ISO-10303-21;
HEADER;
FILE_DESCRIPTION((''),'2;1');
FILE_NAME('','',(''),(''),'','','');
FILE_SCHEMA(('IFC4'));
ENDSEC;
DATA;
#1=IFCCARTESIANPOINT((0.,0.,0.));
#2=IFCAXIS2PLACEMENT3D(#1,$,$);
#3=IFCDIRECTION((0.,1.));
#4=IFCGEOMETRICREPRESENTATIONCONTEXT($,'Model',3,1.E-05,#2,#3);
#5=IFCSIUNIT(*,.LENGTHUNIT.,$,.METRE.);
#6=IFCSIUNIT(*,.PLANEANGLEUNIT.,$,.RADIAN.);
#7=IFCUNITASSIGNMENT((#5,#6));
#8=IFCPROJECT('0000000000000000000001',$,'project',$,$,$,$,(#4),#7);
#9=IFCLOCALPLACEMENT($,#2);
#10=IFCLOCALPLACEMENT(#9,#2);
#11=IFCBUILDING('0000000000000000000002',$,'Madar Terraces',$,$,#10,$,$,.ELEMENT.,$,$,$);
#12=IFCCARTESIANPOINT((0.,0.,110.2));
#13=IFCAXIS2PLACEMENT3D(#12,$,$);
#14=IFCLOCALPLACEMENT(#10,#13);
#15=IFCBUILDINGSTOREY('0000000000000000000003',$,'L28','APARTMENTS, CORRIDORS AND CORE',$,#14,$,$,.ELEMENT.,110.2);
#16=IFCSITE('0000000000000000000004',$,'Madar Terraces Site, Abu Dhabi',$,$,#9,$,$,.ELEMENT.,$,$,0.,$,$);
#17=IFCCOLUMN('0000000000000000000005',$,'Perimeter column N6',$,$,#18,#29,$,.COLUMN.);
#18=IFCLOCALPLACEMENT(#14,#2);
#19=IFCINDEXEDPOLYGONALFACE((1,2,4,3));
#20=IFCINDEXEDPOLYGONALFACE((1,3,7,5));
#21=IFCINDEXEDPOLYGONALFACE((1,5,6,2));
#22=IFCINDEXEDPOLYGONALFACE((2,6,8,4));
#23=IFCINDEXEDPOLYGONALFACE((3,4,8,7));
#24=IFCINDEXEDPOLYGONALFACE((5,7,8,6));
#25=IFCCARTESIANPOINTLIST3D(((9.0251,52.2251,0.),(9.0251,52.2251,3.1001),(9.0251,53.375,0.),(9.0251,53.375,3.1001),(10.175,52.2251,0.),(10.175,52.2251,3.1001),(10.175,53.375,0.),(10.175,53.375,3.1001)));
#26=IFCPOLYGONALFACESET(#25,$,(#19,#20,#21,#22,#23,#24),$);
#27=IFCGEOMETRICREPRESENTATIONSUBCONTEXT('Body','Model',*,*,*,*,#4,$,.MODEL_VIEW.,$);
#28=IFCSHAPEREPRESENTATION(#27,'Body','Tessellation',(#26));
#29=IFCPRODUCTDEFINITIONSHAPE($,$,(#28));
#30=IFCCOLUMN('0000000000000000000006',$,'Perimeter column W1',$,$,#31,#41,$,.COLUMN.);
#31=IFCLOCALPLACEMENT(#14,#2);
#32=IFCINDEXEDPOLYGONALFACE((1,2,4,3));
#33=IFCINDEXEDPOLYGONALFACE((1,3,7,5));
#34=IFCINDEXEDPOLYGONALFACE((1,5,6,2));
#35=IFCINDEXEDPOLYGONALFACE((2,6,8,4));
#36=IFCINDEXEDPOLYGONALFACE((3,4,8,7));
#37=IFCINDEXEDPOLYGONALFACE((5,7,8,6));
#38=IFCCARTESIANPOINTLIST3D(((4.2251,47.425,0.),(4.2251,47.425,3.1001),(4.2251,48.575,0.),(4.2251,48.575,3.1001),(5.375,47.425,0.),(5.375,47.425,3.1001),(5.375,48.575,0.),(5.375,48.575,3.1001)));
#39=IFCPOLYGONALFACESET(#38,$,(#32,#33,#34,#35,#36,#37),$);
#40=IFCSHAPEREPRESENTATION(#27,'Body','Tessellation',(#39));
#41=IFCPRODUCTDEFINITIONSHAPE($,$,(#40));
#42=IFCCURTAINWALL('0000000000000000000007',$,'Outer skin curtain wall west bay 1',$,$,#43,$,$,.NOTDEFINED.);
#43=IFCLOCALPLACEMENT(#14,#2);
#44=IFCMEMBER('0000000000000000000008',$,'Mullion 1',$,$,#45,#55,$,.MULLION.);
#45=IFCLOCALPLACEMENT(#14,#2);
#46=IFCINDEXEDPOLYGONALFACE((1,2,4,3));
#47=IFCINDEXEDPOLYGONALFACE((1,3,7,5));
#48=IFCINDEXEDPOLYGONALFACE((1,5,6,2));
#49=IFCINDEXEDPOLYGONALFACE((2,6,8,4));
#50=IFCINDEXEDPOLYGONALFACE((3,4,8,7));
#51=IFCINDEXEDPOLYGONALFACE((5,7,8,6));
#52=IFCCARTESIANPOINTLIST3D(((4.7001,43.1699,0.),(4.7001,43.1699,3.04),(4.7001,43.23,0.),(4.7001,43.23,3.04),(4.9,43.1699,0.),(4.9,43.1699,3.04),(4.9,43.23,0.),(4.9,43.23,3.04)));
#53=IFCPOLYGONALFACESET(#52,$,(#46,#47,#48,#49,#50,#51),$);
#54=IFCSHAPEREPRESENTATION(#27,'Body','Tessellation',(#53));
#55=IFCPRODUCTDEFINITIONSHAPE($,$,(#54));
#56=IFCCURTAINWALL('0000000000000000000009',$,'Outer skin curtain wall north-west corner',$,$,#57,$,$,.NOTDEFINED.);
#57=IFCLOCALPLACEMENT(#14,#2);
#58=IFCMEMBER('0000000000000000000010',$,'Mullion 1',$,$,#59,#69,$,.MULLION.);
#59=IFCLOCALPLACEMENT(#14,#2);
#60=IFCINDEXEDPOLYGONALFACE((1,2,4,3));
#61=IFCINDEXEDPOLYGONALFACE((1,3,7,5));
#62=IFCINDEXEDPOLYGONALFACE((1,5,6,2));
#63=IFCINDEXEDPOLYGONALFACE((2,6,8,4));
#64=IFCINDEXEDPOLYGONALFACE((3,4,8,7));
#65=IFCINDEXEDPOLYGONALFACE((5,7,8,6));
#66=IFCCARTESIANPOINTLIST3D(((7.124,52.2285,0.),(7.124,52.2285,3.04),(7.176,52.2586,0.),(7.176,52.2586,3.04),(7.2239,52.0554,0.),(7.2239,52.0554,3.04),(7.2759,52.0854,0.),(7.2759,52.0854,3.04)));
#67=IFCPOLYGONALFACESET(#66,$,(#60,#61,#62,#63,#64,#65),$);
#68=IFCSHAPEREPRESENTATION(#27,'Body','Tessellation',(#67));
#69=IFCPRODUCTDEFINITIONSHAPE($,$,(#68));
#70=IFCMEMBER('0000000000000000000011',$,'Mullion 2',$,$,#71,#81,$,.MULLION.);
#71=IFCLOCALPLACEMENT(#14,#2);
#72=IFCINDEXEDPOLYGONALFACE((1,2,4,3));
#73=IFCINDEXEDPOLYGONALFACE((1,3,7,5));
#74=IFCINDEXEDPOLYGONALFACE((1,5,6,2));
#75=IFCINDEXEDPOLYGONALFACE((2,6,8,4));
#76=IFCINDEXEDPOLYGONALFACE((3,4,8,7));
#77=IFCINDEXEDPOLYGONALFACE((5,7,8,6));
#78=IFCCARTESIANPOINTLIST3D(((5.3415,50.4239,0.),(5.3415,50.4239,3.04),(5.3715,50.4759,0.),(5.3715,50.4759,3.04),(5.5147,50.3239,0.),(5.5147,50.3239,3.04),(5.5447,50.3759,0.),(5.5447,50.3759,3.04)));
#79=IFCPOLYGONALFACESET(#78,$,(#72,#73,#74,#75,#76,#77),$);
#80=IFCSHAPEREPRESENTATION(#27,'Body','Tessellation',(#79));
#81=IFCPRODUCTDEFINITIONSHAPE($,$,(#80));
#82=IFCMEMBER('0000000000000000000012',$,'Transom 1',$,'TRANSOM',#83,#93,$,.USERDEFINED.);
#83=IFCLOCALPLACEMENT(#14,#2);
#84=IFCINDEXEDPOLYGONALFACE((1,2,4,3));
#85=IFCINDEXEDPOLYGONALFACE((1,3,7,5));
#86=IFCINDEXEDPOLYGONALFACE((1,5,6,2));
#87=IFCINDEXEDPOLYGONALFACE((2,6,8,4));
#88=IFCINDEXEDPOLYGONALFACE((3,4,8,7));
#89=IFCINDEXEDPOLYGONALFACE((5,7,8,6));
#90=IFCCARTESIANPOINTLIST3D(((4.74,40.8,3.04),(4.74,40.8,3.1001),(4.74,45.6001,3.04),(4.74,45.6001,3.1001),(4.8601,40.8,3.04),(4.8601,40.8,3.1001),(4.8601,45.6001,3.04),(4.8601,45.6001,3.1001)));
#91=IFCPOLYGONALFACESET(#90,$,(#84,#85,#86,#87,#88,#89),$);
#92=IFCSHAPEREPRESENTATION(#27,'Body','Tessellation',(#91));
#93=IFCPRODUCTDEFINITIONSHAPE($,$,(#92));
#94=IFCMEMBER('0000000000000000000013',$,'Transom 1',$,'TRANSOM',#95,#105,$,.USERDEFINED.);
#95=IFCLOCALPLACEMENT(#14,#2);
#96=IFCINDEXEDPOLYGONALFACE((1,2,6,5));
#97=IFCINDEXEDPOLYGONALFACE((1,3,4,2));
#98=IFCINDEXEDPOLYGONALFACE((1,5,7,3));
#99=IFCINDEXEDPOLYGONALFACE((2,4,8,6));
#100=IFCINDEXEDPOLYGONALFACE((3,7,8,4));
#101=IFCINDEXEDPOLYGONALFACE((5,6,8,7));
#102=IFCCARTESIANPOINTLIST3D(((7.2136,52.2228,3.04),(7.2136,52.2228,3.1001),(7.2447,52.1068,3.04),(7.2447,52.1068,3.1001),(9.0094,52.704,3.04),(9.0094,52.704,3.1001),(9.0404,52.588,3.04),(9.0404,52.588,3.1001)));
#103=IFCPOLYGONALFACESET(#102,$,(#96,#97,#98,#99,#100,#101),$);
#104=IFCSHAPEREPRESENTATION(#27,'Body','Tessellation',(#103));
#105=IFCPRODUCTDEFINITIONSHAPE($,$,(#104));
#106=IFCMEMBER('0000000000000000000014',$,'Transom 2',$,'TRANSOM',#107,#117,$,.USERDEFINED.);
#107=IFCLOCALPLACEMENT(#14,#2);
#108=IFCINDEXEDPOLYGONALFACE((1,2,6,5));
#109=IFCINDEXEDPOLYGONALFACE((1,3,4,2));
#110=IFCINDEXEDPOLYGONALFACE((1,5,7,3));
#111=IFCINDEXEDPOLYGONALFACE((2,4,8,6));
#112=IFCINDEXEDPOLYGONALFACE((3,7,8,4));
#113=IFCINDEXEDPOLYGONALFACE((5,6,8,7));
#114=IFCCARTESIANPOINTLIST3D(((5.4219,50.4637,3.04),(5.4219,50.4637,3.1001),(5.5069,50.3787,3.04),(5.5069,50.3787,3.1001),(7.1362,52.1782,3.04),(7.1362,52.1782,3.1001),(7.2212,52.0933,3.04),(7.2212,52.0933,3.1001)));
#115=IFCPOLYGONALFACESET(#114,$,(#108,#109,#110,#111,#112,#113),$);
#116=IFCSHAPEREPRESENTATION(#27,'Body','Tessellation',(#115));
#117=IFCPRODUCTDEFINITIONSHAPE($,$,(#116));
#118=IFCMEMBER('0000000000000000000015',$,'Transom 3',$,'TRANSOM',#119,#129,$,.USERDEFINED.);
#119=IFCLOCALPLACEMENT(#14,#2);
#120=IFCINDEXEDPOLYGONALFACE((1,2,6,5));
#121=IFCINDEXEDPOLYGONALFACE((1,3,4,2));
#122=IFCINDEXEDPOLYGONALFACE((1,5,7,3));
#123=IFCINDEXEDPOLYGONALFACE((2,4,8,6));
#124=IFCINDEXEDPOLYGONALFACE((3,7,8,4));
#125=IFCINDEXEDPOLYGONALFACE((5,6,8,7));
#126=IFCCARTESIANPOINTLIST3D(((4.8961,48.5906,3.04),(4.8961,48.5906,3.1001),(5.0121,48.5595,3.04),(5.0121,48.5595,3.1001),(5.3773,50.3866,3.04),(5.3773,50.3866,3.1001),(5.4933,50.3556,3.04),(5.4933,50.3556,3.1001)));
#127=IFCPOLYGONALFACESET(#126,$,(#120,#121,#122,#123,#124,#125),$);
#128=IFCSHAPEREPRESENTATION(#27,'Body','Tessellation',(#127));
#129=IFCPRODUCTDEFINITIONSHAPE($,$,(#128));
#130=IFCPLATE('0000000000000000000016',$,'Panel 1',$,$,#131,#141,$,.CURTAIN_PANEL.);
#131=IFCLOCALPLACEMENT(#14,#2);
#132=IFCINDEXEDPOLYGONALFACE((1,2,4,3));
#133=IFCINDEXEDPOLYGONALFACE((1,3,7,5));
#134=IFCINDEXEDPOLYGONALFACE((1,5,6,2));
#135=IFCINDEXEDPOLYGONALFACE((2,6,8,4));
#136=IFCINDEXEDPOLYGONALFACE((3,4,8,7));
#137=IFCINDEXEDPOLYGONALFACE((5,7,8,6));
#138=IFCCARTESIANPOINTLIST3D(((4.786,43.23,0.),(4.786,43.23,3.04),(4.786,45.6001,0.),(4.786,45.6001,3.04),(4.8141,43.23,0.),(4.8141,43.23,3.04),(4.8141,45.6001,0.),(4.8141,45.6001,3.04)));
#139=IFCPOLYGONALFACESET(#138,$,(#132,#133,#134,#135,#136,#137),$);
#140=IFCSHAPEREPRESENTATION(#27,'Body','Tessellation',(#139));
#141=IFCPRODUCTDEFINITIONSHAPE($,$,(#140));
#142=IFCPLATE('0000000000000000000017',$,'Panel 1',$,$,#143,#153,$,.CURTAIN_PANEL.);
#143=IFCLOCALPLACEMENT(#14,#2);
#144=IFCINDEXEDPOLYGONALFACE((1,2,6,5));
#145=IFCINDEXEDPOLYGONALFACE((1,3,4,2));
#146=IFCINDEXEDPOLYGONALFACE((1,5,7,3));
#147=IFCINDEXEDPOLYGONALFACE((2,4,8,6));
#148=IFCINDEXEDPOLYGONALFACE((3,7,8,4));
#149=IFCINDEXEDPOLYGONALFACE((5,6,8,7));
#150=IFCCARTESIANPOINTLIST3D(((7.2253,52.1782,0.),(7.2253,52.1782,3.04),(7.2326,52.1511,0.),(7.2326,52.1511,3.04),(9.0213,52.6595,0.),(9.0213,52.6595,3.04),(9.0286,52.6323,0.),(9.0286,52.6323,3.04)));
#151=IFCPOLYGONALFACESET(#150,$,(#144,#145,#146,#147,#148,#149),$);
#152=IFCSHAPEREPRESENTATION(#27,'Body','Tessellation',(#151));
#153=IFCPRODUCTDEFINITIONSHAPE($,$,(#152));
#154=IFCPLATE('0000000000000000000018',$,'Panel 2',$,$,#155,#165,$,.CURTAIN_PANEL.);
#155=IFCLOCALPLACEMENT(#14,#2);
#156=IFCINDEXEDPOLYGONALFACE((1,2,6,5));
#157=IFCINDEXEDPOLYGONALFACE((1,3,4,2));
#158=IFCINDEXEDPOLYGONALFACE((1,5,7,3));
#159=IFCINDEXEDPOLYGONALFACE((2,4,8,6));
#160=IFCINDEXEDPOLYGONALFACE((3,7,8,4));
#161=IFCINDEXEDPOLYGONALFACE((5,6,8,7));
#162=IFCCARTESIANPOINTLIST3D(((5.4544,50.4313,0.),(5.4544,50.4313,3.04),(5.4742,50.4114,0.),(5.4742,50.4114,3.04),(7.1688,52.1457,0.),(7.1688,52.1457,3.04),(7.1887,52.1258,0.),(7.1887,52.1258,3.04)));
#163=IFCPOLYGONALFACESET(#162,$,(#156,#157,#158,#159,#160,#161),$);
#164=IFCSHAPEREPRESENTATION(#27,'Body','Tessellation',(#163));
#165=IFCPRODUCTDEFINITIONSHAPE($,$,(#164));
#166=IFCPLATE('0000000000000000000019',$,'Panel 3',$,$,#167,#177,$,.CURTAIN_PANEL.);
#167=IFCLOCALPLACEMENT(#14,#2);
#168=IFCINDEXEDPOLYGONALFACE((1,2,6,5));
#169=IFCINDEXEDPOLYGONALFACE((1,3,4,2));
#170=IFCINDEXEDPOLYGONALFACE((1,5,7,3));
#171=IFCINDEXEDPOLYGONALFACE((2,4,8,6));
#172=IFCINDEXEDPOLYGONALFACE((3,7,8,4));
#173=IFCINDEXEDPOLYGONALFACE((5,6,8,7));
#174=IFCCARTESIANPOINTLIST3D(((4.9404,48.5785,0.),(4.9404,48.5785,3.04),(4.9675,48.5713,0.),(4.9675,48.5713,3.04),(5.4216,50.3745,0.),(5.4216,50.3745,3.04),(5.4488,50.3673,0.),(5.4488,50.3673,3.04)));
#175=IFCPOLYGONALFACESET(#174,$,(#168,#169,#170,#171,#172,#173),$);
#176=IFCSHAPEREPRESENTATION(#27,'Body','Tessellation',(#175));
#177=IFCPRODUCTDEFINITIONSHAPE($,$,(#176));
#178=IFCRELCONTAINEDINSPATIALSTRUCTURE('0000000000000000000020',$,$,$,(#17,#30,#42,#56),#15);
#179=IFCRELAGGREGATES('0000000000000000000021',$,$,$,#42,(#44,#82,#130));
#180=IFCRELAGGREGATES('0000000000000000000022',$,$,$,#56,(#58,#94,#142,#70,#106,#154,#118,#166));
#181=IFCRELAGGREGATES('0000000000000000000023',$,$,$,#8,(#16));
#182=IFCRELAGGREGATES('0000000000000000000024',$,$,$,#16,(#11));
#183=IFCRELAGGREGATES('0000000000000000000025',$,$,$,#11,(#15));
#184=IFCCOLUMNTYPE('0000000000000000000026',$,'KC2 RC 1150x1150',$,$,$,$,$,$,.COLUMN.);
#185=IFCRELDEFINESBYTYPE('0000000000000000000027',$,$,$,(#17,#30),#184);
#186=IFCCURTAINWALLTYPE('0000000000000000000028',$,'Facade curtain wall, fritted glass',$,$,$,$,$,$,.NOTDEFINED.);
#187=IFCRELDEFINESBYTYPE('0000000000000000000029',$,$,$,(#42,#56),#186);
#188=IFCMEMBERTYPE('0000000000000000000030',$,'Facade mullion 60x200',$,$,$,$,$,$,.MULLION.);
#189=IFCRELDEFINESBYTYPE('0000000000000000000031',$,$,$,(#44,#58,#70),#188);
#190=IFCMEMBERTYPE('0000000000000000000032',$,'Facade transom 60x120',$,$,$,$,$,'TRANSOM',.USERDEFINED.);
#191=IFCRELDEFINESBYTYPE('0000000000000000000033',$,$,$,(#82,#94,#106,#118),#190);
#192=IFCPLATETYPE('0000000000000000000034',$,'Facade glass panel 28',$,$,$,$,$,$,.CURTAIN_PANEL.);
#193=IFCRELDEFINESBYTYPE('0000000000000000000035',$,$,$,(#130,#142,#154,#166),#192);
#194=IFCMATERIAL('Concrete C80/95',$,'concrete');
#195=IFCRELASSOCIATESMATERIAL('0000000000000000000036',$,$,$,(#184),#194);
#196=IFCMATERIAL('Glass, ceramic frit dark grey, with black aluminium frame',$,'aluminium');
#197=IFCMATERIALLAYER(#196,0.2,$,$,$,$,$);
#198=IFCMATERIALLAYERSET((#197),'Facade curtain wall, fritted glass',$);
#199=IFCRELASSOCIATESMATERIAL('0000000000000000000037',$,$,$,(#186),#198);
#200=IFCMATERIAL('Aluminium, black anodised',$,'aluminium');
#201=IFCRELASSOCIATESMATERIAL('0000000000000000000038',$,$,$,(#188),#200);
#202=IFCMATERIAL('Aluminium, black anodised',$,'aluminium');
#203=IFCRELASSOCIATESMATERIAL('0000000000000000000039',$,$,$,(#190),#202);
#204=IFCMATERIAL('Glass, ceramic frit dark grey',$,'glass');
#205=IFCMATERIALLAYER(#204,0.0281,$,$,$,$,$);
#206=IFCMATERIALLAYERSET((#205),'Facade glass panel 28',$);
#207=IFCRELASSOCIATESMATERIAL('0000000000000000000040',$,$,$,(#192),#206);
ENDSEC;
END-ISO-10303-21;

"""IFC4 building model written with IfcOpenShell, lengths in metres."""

from ifc_helpers import new_model, si_unit, direction, frame, origin, origin_2d, place, context, subcontext, project, spatial, rectangle, extrude, material, layer, layer_set, material_profile, profile_set, type_object, element, aggregate, save


model = new_model("IFC4")

# Units and contexts
model_context = context("Model", 3, precision=1e-05, world=origin(), true_north=direction((0.0, 1.0)))
body_context = subcontext(model_context, "Body", "Model", "MODEL_VIEW")
ifc_project = project(units=[si_unit("LENGTHUNIT", "METRE"), si_unit("PLANEANGLEUNIT", "RADIAN")], contexts=[model_context])

# Site, building, storey
site_placement = place(None, origin())
site = spatial("IfcSite", under=ifc_project, at=site_placement, Name="Madar Terraces Site, Abu Dhabi", CompositionType="ELEMENT", RefElevation=0.0)
building_placement = place(site_placement, origin())
building = spatial("IfcBuilding", under=site, at=building_placement, Name="Madar Terraces", CompositionType="ELEMENT")
storey_placement = place(building_placement, frame((0.0, 0.0, 110.2)))
storey = spatial("IfcBuildingStorey", under=building, at=storey_placement, Name="L28", Description="APARTMENTS, CORRIDORS AND CORE", CompositionType="ELEMENT", Elevation=110.2)

# Columns
ifc_material_1 = material(Name="Concrete C80/95", Category="concrete")
ifc_material_profile_1 = material_profile(ifc_material_1, rectangle(XDim=1.1499, YDim=1.1499, at=origin_2d()), Name="KC2 RC 1150x1150")
ifc_profile_set_1 = profile_set([ifc_material_profile_1], Name="Concrete C80/95")
column_type = type_object("IfcColumnType", Name="KC2 RC 1150x1150", PredefinedType="COLUMN", material=ifc_profile_set_1)
for number, where, z_axis, x_axis, name in (
    (1, (9.6001, 52.8, 0.0), (0.0, 0.0, 1.0), (1.0, 0.0, 0.0), "Perimeter column N6"),
    (2, (4.8, 48.0, 0.0), (0.0, 0.0, 1.0), (1.0, 0.0, 0.0), "Perimeter column W1"),
):
    element("IfcColumn", number, at=place(storey_placement, frame(where, z_axis=z_axis, x_axis=x_axis)), inside=storey, type_object=column_type, Name=name, PredefinedType="COLUMN", context=body_context, shape_type="SweptSolid", body=[
        extrude(rectangle(XDim=1.1499, YDim=1.1499, at=origin_2d()), origin(), (0.0, 0.0, 1.0), 3.1001),
    ])

# Curtain wall, member
ifc_material_2 = material(Name="Glass, ceramic frit dark grey, with black aluminium frame", Category="aluminium")
ifc_layer_1 = layer(ifc_material_2, 0.2)
ifc_layer_set_1 = layer_set([ifc_layer_1], Name="Facade curtain wall, fritted glass")
curtain_wall_type = type_object("IfcCurtainWallType", Name="Facade curtain wall, fritted glass", PredefinedType="NOTDEFINED", material=ifc_layer_set_1)
curtain_wall_1_placement = place(storey_placement, origin())
curtain_wall_1 = element("IfcCurtainWall", 3, at=curtain_wall_1_placement, inside=storey, type_object=curtain_wall_type, Name="Outer skin curtain wall west bay 1", PredefinedType="NOTDEFINED")
ifc_material_3 = material(Name="Aluminium, black anodised", Category="aluminium")
ifc_material_profile_2 = material_profile(ifc_material_3, rectangle(XDim=0.2, YDim=0.0601, at=origin_2d()), Name="Facade mullion 60x200")
ifc_profile_set_2 = profile_set([ifc_material_profile_2], Name="Aluminium, black anodised")
member_type_1 = type_object("IfcMemberType", Name="Facade mullion 60x200", PredefinedType="MULLION", material=ifc_profile_set_2)
member_1_placement = place(storey_placement, frame((4.8, 43.2, 0.0), z_axis=(0.0, 0.0, 1.0), x_axis=(1.0, 0.0, 0.0)))
member_1 = element("IfcMember", 4, at=member_1_placement, type_object=member_type_1, Name="Mullion 1", PredefinedType="MULLION", context=body_context, shape_type="SweptSolid", body=[
    extrude(rectangle(XDim=0.2, YDim=0.0601, at=origin_2d()), origin(), (0.0, 0.0, 1.0), 3.04),
])

# Curtain wall, members
curtain_wall_2_placement = place(storey_placement, origin())
curtain_wall_2 = element("IfcCurtainWall", 5, at=curtain_wall_2_placement, inside=storey, type_object=curtain_wall_type, Name="Outer skin curtain wall north-west corner", PredefinedType="NOTDEFINED")
member_2_placement = place(storey_placement, frame((7.2, 52.157, 0.0), z_axis=(0.0, 0.0, 1.0), x_axis=(0.5, -0.866025, 0.0)))
member_2 = element("IfcMember", 6, at=member_2_placement, type_object=member_type_1, Name="Mullion 1", PredefinedType="MULLION", context=body_context, shape_type="SweptSolid", body=[
    extrude(rectangle(XDim=0.2, YDim=0.0601, at=origin_2d()), origin(), (0.0, 0.0, 1.0), 3.04),
])
member_3_placement = place(storey_placement, frame((5.4431, 50.3999, 0.0), z_axis=(0.0, 0.0, 1.0), x_axis=(0.866025, -0.5, 0.0)))
member_3 = element("IfcMember", 7, at=member_3_placement, type_object=member_type_1, Name="Mullion 2", PredefinedType="MULLION", context=body_context, shape_type="SweptSolid", body=[
    extrude(rectangle(XDim=0.2, YDim=0.0601, at=origin_2d()), origin(), (0.0, 0.0, 1.0), 3.04),
])

# Members
ifc_material_4 = material(Name="Aluminium, black anodised", Category="aluminium")
ifc_material_profile_3 = material_profile(ifc_material_4, rectangle(XDim=0.1201, YDim=0.0601, at=origin_2d()), Name="Facade transom 60x120")
ifc_profile_set_3 = profile_set([ifc_material_profile_3], Name="Aluminium, black anodised")
member_type_2 = type_object("IfcMemberType", Name="Facade transom 60x120", ElementType="TRANSOM", PredefinedType="USERDEFINED", material=ifc_profile_set_3)
member_4_placement = place(storey_placement, frame((4.8, 45.6001, 3.0701), z_axis=(0.0, -1.0, 0.0), x_axis=(1.0, 0.0, 0.0)))
member_4 = element("IfcMember", 8, at=member_4_placement, type_object=member_type_2, Name="Transom 1", ObjectType="TRANSOM", PredefinedType="USERDEFINED", context=body_context, shape_type="SweptSolid", body=[
    extrude(rectangle(XDim=0.1201, YDim=0.0601, at=origin_2d()), origin(), (0.0, 0.0, 1.0), 4.8),
])
member_5_placement = place(storey_placement, frame((9.0249, 52.646, 3.0701), z_axis=(-0.965927, -0.258815, 0.0), x_axis=(0.258815, -0.965927, 0.0)))
member_5 = element("IfcMember", 9, at=member_5_placement, type_object=member_type_2, Name="Transom 1", ObjectType="TRANSOM", PredefinedType="USERDEFINED", context=body_context, shape_type="SweptSolid", body=[
    extrude(rectangle(XDim=0.1201, YDim=0.0601, at=origin_2d()), origin(), (0.0, 0.0, 1.0), 1.8591),
])
member_6_placement = place(storey_placement, frame((7.1787, 52.1357, 3.0701), z_axis=(-0.707056, -0.707157, 0.0), x_axis=(0.707157, -0.707056, 0.0)))
member_6 = element("IfcMember", 10, at=member_6_placement, type_object=member_type_2, Name="Transom 2", ObjectType="TRANSOM", PredefinedType="USERDEFINED", context=body_context, shape_type="SweptSolid", body=[
    extrude(rectangle(XDim=0.1201, YDim=0.0601, at=origin_2d()), origin(), (0.0, 0.0, 1.0), 2.4246),
])
member_7_placement = place(storey_placement, frame((5.4353, 50.3711, 3.0701), z_axis=(-0.258782, -0.965936, 0.0), x_axis=(0.965936, -0.258782, 0.0)))
member_7 = element("IfcMember", 11, at=member_7_placement, type_object=member_type_2, Name="Transom 3", ObjectType="TRANSOM", PredefinedType="USERDEFINED", context=body_context, shape_type="SweptSolid", body=[
    extrude(rectangle(XDim=0.1201, YDim=0.0601, at=origin_2d()), origin(), (0.0, 0.0, 1.0), 1.8594),
])

# Plates
ifc_material_5 = material(Name="Glass, ceramic frit dark grey", Category="glass")
ifc_layer_2 = layer(ifc_material_5, 0.0281)
ifc_layer_set_2 = layer_set([ifc_layer_2], Name="Facade glass panel 28")
plate_type = type_object("IfcPlateType", Name="Facade glass panel 28", PredefinedType="CURTAIN_PANEL", material=ifc_layer_set_2)
plate_1_placement = place(storey_placement, frame((4.8, 44.415, 0.0), z_axis=(0.0, 0.0, 1.0), x_axis=(0.0, -1.0, 0.0)))
plate_1 = element("IfcPlate", 12, at=plate_1_placement, type_object=plate_type, Name="Panel 1", PredefinedType="CURTAIN_PANEL", context=body_context, shape_type="SweptSolid", body=[
    extrude(rectangle(XDim=2.3701, YDim=0.0281, at=origin_2d()), origin(), (0.0, 0.0, 1.0), 3.04),
])
aggregate(curtain_wall_1, [member_1, member_4, plate_1])
plate_2_placement = place(storey_placement, frame((8.127, 52.4053, 0.0), z_axis=(0.0, 0.0, 1.0), x_axis=(-0.965926, -0.258819, 0.0)))
plate_2 = element("IfcPlate", 13, at=plate_2_placement, type_object=plate_type, Name="Panel 1", PredefinedType="CURTAIN_PANEL", context=body_context, shape_type="SweptSolid", body=[
    extrude(rectangle(XDim=1.8594, YDim=0.0281, at=origin_2d()), origin(), (0.0, 0.0, 1.0), 3.04),
])
plate_3_placement = place(storey_placement, frame((6.3215, 51.2786, 0.0), z_axis=(0.0, 0.0, 1.0), x_axis=(-0.707107, -0.707107, 0.0)))
plate_3 = element("IfcPlate", 14, at=plate_3_placement, type_object=plate_type, Name="Panel 2", PredefinedType="CURTAIN_PANEL", context=body_context, shape_type="SweptSolid", body=[
    extrude(rectangle(XDim=2.4246, YDim=0.0281, at=origin_2d()), origin(), (0.0, 0.0, 1.0), 3.04),
])
plate_4_placement = place(storey_placement, frame((5.1946, 49.4729, 0.0), z_axis=(0.0, 0.0, 1.0), x_axis=(-0.258819, -0.965926, 0.0)))
plate_4 = element("IfcPlate", 15, at=plate_4_placement, type_object=plate_type, Name="Panel 3", PredefinedType="CURTAIN_PANEL", context=body_context, shape_type="SweptSolid", body=[
    extrude(rectangle(XDim=1.8594, YDim=0.0281, at=origin_2d()), origin(), (0.0, 0.0, 1.0), 3.04),
])
aggregate(curtain_wall_2, [member_2, member_5, plate_2, member_3, member_6, plate_3, member_7, plate_4])

save(model, "model.ifc")
